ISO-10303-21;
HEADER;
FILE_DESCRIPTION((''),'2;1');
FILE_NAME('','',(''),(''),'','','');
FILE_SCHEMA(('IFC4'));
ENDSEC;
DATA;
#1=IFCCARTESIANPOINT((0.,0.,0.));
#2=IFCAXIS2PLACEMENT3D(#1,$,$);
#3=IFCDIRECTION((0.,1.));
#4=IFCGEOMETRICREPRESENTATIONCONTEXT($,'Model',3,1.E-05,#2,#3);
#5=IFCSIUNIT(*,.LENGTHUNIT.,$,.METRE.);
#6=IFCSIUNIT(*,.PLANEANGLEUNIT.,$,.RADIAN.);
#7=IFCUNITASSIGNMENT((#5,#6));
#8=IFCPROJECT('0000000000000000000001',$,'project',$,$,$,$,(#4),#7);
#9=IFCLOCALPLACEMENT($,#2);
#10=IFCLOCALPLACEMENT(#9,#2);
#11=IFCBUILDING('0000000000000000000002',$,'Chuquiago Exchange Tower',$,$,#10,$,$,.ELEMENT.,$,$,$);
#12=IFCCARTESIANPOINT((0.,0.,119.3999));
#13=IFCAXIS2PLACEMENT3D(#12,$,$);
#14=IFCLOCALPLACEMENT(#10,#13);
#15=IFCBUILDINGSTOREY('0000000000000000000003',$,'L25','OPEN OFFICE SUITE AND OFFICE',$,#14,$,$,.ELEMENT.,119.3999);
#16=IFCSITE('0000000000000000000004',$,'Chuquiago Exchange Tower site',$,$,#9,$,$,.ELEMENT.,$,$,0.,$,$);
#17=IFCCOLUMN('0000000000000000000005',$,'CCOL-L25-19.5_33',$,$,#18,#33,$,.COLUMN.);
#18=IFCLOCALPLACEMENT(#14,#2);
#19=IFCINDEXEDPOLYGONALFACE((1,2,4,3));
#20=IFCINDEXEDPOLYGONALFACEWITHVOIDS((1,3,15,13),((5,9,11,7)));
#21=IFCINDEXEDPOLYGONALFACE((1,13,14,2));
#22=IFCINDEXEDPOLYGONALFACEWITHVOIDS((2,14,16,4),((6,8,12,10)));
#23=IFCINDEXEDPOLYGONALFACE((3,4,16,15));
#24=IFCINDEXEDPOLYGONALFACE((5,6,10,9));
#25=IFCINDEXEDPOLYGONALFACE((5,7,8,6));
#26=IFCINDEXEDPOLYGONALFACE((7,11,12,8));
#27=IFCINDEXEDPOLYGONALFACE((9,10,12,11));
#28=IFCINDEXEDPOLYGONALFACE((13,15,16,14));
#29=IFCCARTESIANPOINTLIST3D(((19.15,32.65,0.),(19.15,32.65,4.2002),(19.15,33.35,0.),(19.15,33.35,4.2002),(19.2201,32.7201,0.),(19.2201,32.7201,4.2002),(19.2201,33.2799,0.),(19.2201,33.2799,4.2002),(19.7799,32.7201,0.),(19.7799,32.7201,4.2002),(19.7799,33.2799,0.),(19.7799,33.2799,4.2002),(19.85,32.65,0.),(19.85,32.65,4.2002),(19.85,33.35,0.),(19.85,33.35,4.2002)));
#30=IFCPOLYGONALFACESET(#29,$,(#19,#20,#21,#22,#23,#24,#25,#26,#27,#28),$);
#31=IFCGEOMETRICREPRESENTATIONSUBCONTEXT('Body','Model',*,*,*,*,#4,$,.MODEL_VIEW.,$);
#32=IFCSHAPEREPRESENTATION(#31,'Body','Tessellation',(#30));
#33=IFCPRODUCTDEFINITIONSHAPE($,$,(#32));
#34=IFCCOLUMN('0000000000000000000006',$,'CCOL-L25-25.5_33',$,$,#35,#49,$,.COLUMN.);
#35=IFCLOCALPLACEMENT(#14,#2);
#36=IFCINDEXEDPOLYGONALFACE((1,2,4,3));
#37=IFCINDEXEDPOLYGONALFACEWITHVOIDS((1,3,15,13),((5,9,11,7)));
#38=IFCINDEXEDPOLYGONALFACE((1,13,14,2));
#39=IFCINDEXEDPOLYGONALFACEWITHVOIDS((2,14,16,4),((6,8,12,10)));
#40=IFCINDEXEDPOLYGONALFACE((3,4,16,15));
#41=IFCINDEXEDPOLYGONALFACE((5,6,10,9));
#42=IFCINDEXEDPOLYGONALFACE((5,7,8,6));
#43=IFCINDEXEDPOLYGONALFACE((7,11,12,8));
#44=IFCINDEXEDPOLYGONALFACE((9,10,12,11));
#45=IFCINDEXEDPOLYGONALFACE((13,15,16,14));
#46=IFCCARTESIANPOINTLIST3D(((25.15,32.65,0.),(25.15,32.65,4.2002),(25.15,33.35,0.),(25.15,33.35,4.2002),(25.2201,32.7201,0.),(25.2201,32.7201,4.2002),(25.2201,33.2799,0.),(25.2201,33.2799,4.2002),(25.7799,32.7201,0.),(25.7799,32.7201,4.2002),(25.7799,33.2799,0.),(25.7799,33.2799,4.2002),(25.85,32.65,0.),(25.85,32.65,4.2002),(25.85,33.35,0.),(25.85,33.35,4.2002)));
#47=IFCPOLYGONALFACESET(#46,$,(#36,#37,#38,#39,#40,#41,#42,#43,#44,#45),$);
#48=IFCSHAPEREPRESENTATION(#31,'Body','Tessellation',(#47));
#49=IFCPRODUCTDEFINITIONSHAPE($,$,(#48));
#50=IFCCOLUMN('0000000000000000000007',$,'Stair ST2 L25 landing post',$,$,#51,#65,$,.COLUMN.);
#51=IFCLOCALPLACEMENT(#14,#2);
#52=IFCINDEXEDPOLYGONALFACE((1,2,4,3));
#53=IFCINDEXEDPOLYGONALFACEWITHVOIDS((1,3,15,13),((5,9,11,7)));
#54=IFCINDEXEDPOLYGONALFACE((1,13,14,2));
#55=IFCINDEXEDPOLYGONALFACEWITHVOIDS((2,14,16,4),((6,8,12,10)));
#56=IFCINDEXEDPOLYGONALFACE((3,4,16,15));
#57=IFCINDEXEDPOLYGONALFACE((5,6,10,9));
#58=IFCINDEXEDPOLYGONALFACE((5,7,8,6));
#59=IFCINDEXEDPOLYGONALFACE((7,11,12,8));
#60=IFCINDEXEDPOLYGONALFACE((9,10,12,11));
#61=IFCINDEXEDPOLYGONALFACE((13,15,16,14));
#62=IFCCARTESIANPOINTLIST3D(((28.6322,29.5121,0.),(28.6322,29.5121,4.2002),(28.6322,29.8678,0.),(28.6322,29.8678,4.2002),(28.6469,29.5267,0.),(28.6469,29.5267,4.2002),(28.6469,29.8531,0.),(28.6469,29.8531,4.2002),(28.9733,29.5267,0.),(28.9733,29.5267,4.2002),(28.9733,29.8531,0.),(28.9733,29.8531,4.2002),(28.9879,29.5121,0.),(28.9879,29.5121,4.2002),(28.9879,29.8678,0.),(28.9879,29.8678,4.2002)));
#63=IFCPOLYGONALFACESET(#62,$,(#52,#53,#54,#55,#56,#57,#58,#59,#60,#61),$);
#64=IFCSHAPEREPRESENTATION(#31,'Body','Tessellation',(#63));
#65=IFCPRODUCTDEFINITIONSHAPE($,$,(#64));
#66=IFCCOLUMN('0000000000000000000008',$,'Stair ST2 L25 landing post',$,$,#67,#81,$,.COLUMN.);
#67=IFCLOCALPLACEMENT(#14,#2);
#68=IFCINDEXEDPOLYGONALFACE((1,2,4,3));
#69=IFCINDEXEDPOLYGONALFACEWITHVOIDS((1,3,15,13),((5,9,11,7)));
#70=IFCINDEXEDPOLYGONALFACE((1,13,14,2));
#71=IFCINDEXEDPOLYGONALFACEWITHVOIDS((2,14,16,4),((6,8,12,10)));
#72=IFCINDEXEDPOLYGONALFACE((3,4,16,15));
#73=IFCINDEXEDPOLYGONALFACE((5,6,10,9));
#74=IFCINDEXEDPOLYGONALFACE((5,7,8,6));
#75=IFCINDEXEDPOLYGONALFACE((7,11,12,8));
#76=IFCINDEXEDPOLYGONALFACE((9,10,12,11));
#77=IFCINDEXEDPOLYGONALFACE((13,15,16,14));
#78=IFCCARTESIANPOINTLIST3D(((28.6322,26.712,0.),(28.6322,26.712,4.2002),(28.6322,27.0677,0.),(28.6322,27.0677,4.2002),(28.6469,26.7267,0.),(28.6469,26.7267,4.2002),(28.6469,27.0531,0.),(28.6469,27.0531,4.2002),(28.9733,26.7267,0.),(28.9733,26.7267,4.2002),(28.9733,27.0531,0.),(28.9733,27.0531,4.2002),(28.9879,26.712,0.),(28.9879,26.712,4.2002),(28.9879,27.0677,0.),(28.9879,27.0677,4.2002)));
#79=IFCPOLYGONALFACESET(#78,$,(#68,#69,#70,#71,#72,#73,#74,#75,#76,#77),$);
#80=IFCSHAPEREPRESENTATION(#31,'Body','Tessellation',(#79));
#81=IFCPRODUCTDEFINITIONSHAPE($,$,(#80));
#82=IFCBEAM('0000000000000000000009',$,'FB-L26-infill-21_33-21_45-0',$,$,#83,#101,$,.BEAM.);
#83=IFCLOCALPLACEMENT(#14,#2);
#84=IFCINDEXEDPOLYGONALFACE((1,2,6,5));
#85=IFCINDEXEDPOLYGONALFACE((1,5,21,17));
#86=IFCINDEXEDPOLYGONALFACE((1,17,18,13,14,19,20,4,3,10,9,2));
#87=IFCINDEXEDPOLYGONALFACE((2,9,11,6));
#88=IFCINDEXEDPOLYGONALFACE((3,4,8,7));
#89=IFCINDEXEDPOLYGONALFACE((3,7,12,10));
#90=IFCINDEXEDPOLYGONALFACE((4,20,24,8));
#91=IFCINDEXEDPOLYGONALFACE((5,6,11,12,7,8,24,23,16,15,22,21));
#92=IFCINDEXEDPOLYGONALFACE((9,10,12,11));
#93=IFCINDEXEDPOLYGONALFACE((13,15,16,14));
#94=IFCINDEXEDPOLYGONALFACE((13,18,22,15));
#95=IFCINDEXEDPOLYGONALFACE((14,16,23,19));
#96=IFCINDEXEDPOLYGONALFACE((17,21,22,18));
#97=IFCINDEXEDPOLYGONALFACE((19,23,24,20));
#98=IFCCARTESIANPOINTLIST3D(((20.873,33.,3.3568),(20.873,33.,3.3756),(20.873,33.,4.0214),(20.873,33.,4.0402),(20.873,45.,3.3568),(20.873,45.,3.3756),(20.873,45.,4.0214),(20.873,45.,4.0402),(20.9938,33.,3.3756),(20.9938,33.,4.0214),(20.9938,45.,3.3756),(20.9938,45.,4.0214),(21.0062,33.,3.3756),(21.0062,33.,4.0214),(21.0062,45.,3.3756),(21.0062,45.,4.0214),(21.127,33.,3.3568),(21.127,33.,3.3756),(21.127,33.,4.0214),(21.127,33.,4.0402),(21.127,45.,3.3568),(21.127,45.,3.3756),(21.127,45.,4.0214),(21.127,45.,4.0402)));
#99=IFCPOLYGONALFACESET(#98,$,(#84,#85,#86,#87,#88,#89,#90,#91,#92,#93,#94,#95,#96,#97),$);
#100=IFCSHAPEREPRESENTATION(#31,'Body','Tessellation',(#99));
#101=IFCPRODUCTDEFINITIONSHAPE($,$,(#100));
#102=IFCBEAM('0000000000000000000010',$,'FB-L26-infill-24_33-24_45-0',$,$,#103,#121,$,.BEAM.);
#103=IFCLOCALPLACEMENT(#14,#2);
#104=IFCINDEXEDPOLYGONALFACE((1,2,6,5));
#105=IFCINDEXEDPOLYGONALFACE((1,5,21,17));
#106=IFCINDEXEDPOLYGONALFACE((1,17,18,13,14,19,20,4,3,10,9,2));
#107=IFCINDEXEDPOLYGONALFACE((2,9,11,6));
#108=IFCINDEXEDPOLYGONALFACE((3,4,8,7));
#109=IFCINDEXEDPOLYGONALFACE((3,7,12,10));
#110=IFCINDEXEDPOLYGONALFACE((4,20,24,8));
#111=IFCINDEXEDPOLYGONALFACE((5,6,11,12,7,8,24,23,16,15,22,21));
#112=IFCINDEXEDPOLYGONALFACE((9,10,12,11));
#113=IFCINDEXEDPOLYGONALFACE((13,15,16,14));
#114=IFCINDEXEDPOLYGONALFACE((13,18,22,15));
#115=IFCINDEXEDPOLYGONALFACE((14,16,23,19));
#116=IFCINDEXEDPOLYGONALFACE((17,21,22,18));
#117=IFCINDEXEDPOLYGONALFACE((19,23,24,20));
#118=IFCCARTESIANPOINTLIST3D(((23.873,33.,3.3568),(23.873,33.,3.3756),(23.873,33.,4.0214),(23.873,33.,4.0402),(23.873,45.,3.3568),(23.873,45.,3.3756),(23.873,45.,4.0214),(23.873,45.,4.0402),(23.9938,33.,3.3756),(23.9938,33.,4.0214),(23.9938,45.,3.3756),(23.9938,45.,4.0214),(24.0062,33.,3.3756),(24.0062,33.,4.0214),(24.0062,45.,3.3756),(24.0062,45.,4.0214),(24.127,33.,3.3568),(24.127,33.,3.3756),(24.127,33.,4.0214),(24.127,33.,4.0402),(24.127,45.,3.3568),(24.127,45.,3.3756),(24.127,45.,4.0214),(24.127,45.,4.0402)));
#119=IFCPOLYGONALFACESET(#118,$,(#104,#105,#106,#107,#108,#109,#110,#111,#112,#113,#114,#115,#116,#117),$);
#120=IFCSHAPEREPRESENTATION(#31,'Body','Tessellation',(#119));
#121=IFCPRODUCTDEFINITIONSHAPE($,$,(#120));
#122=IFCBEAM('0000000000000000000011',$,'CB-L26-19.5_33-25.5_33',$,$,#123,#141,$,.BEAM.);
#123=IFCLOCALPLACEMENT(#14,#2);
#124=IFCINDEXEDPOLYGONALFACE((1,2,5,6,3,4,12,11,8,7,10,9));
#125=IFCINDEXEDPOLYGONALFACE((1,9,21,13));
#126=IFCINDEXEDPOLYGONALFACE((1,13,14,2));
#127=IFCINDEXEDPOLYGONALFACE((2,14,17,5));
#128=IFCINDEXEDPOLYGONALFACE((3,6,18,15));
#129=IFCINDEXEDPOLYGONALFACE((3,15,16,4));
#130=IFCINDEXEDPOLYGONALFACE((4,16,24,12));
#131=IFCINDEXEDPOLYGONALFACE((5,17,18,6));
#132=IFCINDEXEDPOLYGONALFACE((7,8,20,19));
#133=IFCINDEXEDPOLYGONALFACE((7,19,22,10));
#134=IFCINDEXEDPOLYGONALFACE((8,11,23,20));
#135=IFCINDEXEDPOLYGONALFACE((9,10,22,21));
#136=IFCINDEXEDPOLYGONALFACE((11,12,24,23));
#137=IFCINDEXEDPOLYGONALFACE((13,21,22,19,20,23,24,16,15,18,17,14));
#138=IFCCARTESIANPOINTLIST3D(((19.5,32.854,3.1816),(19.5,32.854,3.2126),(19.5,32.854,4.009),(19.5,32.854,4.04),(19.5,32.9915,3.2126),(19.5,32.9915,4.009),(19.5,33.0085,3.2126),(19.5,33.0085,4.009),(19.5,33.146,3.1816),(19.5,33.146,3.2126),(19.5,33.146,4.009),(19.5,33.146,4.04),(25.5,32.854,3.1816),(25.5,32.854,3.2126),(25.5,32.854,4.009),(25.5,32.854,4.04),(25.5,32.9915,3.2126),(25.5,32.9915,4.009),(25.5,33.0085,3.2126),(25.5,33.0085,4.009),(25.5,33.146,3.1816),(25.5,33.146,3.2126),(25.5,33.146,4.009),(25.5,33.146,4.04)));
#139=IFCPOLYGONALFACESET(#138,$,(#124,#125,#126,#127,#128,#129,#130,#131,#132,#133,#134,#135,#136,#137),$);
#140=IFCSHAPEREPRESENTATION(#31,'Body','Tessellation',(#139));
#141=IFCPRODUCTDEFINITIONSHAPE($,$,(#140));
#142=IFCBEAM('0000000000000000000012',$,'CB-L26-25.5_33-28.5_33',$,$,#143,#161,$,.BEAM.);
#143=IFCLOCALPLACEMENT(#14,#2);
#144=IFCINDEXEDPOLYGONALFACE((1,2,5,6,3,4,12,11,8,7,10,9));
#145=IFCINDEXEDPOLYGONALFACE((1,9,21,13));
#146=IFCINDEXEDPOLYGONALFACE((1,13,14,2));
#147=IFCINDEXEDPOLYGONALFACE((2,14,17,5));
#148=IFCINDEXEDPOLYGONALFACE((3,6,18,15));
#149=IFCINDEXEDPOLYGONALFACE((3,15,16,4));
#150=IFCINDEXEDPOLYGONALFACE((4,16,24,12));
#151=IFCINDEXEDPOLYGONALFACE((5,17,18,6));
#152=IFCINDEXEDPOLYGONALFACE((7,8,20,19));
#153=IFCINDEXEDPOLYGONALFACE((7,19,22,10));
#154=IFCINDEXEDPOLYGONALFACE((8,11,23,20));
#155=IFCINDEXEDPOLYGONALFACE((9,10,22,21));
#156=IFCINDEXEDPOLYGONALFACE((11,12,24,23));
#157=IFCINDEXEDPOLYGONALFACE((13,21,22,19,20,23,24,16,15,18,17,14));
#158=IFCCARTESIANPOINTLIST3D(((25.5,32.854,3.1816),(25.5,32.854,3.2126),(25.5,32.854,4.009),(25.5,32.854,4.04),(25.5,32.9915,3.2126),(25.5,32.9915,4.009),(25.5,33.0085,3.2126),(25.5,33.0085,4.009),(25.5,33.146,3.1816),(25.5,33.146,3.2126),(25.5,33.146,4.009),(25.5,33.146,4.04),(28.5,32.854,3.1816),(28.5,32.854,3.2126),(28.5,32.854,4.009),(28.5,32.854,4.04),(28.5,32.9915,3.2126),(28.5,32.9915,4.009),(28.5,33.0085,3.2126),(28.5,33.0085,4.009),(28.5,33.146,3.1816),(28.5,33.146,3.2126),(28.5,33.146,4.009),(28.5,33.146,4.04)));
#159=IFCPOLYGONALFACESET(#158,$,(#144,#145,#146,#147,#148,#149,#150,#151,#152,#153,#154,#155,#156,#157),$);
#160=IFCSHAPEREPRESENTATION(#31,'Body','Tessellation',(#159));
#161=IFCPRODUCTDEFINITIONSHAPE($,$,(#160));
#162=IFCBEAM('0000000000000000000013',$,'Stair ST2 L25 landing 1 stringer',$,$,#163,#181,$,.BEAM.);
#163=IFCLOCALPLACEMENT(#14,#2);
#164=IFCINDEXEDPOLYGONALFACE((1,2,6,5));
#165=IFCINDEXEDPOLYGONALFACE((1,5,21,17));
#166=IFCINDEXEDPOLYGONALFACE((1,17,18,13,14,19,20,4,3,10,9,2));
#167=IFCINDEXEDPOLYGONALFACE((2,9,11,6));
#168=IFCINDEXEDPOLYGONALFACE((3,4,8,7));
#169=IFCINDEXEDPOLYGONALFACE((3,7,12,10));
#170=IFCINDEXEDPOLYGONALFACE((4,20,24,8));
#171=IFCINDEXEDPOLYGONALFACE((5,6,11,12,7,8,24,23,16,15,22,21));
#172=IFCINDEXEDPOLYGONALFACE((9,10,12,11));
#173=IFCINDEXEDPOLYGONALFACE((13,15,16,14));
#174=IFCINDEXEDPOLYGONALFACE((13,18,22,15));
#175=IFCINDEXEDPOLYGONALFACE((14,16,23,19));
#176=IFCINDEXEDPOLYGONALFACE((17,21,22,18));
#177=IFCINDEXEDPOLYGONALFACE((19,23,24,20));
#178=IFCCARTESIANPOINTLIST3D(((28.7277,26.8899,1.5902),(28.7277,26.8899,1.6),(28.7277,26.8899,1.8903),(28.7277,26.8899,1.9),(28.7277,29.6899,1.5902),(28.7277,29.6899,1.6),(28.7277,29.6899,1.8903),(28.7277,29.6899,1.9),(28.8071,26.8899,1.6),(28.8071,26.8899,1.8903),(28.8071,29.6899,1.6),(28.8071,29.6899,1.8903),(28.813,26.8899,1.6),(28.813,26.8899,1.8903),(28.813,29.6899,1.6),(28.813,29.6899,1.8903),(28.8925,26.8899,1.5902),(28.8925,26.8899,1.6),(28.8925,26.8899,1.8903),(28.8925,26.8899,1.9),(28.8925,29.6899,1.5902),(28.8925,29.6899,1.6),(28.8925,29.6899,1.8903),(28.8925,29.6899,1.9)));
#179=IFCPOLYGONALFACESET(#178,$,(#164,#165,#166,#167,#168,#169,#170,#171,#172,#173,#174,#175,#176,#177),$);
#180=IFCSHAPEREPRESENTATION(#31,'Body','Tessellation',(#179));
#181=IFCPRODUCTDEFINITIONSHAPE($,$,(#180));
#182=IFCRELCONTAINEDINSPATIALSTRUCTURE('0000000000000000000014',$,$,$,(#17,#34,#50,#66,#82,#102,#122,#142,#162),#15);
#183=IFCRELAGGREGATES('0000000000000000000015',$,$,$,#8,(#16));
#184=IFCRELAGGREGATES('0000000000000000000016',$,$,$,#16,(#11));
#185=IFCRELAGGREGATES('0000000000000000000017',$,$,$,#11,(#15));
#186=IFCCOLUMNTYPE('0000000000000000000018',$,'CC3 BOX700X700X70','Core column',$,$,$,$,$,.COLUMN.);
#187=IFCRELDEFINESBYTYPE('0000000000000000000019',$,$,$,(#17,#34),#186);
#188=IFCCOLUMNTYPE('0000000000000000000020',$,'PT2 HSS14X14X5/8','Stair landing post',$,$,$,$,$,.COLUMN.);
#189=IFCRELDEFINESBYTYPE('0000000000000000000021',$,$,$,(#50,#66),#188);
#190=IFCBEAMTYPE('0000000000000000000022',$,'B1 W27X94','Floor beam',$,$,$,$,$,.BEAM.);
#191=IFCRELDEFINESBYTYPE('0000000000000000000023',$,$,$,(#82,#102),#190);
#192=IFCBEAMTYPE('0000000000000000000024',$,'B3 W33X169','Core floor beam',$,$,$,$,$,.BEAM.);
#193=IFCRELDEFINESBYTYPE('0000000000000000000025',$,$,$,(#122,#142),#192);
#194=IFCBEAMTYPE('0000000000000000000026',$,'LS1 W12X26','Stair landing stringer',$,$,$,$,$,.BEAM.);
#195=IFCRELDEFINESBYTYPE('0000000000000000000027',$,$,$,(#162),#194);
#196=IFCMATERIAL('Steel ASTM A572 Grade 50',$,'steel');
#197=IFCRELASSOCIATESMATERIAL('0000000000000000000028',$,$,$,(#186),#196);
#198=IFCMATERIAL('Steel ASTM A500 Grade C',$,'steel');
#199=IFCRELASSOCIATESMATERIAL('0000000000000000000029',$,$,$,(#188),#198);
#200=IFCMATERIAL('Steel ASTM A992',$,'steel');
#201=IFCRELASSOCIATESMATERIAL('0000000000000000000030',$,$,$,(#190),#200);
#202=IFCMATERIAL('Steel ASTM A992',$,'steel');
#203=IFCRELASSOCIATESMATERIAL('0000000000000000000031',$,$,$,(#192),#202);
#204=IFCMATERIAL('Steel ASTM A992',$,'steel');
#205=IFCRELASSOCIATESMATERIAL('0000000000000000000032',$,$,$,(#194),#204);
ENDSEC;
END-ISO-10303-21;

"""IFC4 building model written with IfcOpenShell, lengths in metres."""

from ifc_helpers import new_model, si_unit, direction, frame, origin, origin_2d, place, context, subcontext, project, spatial, hollow_rectangle, i_section, extrude, material, material_profile, profile_set, type_object, element, save


model = new_model("IFC4")

# Units and contexts
model_context = context("Model", 3, precision=1e-05, world=origin(), true_north=direction((0.0, 1.0)))
body_context = subcontext(model_context, "Body", "Model", "MODEL_VIEW")
ifc_project = project(units=[si_unit("LENGTHUNIT", "METRE"), si_unit("PLANEANGLEUNIT", "RADIAN")], contexts=[model_context])

# Site, building, storey
site_placement = place(None, origin())
site = spatial("IfcSite", under=ifc_project, at=site_placement, Name="Chuquiago Exchange Tower site", CompositionType="ELEMENT", RefElevation=0.0)
building_placement = place(site_placement, origin())
building = spatial("IfcBuilding", under=site, at=building_placement, Name="Chuquiago Exchange Tower", CompositionType="ELEMENT")
storey_placement = place(building_placement, frame((0.0, 0.0, 119.3999)))
storey = spatial("IfcBuildingStorey", under=building, at=storey_placement, Name="L25", Description="OPEN OFFICE SUITE AND OFFICE", CompositionType="ELEMENT", Elevation=119.3999)

# Columns
ifc_material_1 = material(Name="Steel ASTM A572 Grade 50", Category="steel")
ifc_material_profile_1 = material_profile(ifc_material_1, hollow_rectangle(XDim=0.7, YDim=0.7, WallThickness=0.0701, at=origin_2d()), Name="BOX700X700X70")
ifc_profile_set_1 = profile_set([ifc_material_profile_1], Name="Steel ASTM A572 Grade 50")
column_type_1 = type_object("IfcColumnType", Name="CC3 BOX700X700X70", Description="Core column", PredefinedType="COLUMN", material=ifc_profile_set_1)
for number, where, z_axis, x_axis, name in (
    (1, (19.5, 33.0, 0.0), (0.0, 0.0, 1.0), (1.0, 0.0, 0.0), "CCOL-L25-19.5_33"),
    (2, (25.5, 33.0, 0.0), (0.0, 0.0, 1.0), (1.0, 0.0, 0.0), "CCOL-L25-25.5_33"),
):
    element("IfcColumn", number, at=place(storey_placement, frame(where, z_axis=z_axis, x_axis=x_axis)), inside=storey, type_object=column_type_1, Name=name, PredefinedType="COLUMN", context=body_context, shape_type="SweptSolid", body=[
        extrude(hollow_rectangle(XDim=0.7, YDim=0.7, WallThickness=0.0701, at=origin_2d()), origin(), (0.0, 0.0, 1.0), 4.2002),
    ])
ifc_material_2 = material(Name="Steel ASTM A500 Grade C", Category="steel")
ifc_material_profile_2 = material_profile(ifc_material_2, hollow_rectangle(XDim=0.3557, YDim=0.3557, WallThickness=0.0146, at=origin_2d()), Name="HSS14X14X5/8")
ifc_profile_set_2 = profile_set([ifc_material_profile_2], Name="Steel ASTM A500 Grade C")
column_type_2 = type_object("IfcColumnType", Name="PT2 HSS14X14X5/8", Description="Stair landing post", PredefinedType="COLUMN", material=ifc_profile_set_2)
for number, where, z_axis, x_axis, name in (
    (3, (28.8101, 29.6899, 0.0), (0.0, 0.0, 1.0), (1.0, 0.0, 0.0), "Stair ST2 L25 landing post"),
    (4, (28.8101, 26.8899, 0.0), (0.0, 0.0, 1.0), (1.0, 0.0, 0.0), "Stair ST2 L25 landing post"),
):
    element("IfcColumn", number, at=place(storey_placement, frame(where, z_axis=z_axis, x_axis=x_axis)), inside=storey, type_object=column_type_2, Name=name, PredefinedType="COLUMN", context=body_context, shape_type="SweptSolid", body=[
        extrude(hollow_rectangle(XDim=0.3557, YDim=0.3557, WallThickness=0.0146, at=origin_2d()), origin(), (0.0, 0.0, 1.0), 4.2002),
    ])

# Beams
ifc_material_3 = material(Name="Steel ASTM A992", Category="steel")
ifc_material_profile_3 = material_profile(ifc_material_3, i_section(OverallWidth=0.2539, OverallDepth=0.6833, WebThickness=0.0125, FlangeThickness=0.0188, at=origin_2d()), Name="W27X94")
ifc_profile_set_3 = profile_set([ifc_material_profile_3], Name="Steel ASTM A992")
beam_type_1 = type_object("IfcBeamType", Name="B1 W27X94", Description="Floor beam", PredefinedType="BEAM", material=ifc_profile_set_3)
for number, where, z_axis, x_axis, name in (
    (5, (21.0, 33.0, 3.6985), (0.0, 1.0, 0.0), (-1.0, 0.0, 0.0), "FB-L26-infill-21_33-21_45-0"),
    (6, (24.0, 33.0, 3.6985), (0.0, 1.0, 0.0), (-1.0, 0.0, 0.0), "FB-L26-infill-24_33-24_45-0"),
):
    element("IfcBeam", number, at=place(storey_placement, frame(where, z_axis=z_axis, x_axis=x_axis)), inside=storey, type_object=beam_type_1, Name=name, PredefinedType="BEAM", context=body_context, shape_type="SweptSolid", body=[
        extrude(i_section(OverallWidth=0.2539, OverallDepth=0.6833, WebThickness=0.0125, FlangeThickness=0.0188, at=origin_2d()), origin(), (0.0, 0.0, 1.0), 12.0),
    ])
ifc_material_4 = material(Name="Steel ASTM A992", Category="steel")
ifc_material_profile_4 = material_profile(ifc_material_4, i_section(OverallWidth=0.292, OverallDepth=0.8584, WebThickness=0.0171, FlangeThickness=0.031, at=origin_2d()), Name="W33X169")
ifc_profile_set_4 = profile_set([ifc_material_profile_4], Name="Steel ASTM A992")
beam_type_2 = type_object("IfcBeamType", Name="B3 W33X169", Description="Core floor beam", PredefinedType="BEAM", material=ifc_profile_set_4)
beam_1_placement = place(storey_placement, frame((19.5, 33.0, 3.6108), z_axis=(1.0, 0.0, 0.0), x_axis=(0.0, 1.0, 0.0)))
element("IfcBeam", 7, at=beam_1_placement, inside=storey, type_object=beam_type_2, Name="CB-L26-19.5_33-25.5_33", PredefinedType="BEAM", context=body_context, shape_type="SweptSolid", body=[
    extrude(i_section(OverallWidth=0.292, OverallDepth=0.8584, WebThickness=0.0171, FlangeThickness=0.031, at=origin_2d()), origin(), (0.0, 0.0, 1.0), 6.0),
])
beam_2_placement = place(storey_placement, frame((25.5, 33.0, 3.6108), z_axis=(1.0, 0.0, 0.0), x_axis=(0.0, 1.0, 0.0)))
element("IfcBeam", 8, at=beam_2_placement, inside=storey, type_object=beam_type_2, Name="CB-L26-25.5_33-28.5_33", PredefinedType="BEAM", context=body_context, shape_type="SweptSolid", body=[
    extrude(i_section(OverallWidth=0.292, OverallDepth=0.8584, WebThickness=0.0171, FlangeThickness=0.031, at=origin_2d()), origin(), (0.0, 0.0, 1.0), 3.0),
])
ifc_material_5 = material(Name="Steel ASTM A992", Category="steel")
ifc_material_profile_5 = material_profile(ifc_material_5, i_section(OverallWidth=0.1648, OverallDepth=0.3098, WebThickness=0.0059, FlangeThickness=0.0098, at=origin_2d()), Name="W12X26")
ifc_profile_set_5 = profile_set([ifc_material_profile_5], Name="Steel ASTM A992")
beam_type_3 = type_object("IfcBeamType", Name="LS1 W12X26", Description="Stair landing stringer", PredefinedType="BEAM", material=ifc_profile_set_5)
beam_3_placement = place(storey_placement, frame((28.8101, 26.8899, 1.7451), z_axis=(0.0, 1.0, 0.0), x_axis=(-1.0, 0.0, 0.0)))
element("IfcBeam", 9, at=beam_3_placement, inside=storey, type_object=beam_type_3, Name="Stair ST2 L25 landing 1 stringer", PredefinedType="BEAM", context=body_context, shape_type="SweptSolid", body=[
    extrude(i_section(OverallWidth=0.1648, OverallDepth=0.3098, WebThickness=0.0059, FlangeThickness=0.0098, at=origin_2d()), origin(), (0.0, 0.0, 1.0), 2.8),
])

save(model, "model.ifc")
